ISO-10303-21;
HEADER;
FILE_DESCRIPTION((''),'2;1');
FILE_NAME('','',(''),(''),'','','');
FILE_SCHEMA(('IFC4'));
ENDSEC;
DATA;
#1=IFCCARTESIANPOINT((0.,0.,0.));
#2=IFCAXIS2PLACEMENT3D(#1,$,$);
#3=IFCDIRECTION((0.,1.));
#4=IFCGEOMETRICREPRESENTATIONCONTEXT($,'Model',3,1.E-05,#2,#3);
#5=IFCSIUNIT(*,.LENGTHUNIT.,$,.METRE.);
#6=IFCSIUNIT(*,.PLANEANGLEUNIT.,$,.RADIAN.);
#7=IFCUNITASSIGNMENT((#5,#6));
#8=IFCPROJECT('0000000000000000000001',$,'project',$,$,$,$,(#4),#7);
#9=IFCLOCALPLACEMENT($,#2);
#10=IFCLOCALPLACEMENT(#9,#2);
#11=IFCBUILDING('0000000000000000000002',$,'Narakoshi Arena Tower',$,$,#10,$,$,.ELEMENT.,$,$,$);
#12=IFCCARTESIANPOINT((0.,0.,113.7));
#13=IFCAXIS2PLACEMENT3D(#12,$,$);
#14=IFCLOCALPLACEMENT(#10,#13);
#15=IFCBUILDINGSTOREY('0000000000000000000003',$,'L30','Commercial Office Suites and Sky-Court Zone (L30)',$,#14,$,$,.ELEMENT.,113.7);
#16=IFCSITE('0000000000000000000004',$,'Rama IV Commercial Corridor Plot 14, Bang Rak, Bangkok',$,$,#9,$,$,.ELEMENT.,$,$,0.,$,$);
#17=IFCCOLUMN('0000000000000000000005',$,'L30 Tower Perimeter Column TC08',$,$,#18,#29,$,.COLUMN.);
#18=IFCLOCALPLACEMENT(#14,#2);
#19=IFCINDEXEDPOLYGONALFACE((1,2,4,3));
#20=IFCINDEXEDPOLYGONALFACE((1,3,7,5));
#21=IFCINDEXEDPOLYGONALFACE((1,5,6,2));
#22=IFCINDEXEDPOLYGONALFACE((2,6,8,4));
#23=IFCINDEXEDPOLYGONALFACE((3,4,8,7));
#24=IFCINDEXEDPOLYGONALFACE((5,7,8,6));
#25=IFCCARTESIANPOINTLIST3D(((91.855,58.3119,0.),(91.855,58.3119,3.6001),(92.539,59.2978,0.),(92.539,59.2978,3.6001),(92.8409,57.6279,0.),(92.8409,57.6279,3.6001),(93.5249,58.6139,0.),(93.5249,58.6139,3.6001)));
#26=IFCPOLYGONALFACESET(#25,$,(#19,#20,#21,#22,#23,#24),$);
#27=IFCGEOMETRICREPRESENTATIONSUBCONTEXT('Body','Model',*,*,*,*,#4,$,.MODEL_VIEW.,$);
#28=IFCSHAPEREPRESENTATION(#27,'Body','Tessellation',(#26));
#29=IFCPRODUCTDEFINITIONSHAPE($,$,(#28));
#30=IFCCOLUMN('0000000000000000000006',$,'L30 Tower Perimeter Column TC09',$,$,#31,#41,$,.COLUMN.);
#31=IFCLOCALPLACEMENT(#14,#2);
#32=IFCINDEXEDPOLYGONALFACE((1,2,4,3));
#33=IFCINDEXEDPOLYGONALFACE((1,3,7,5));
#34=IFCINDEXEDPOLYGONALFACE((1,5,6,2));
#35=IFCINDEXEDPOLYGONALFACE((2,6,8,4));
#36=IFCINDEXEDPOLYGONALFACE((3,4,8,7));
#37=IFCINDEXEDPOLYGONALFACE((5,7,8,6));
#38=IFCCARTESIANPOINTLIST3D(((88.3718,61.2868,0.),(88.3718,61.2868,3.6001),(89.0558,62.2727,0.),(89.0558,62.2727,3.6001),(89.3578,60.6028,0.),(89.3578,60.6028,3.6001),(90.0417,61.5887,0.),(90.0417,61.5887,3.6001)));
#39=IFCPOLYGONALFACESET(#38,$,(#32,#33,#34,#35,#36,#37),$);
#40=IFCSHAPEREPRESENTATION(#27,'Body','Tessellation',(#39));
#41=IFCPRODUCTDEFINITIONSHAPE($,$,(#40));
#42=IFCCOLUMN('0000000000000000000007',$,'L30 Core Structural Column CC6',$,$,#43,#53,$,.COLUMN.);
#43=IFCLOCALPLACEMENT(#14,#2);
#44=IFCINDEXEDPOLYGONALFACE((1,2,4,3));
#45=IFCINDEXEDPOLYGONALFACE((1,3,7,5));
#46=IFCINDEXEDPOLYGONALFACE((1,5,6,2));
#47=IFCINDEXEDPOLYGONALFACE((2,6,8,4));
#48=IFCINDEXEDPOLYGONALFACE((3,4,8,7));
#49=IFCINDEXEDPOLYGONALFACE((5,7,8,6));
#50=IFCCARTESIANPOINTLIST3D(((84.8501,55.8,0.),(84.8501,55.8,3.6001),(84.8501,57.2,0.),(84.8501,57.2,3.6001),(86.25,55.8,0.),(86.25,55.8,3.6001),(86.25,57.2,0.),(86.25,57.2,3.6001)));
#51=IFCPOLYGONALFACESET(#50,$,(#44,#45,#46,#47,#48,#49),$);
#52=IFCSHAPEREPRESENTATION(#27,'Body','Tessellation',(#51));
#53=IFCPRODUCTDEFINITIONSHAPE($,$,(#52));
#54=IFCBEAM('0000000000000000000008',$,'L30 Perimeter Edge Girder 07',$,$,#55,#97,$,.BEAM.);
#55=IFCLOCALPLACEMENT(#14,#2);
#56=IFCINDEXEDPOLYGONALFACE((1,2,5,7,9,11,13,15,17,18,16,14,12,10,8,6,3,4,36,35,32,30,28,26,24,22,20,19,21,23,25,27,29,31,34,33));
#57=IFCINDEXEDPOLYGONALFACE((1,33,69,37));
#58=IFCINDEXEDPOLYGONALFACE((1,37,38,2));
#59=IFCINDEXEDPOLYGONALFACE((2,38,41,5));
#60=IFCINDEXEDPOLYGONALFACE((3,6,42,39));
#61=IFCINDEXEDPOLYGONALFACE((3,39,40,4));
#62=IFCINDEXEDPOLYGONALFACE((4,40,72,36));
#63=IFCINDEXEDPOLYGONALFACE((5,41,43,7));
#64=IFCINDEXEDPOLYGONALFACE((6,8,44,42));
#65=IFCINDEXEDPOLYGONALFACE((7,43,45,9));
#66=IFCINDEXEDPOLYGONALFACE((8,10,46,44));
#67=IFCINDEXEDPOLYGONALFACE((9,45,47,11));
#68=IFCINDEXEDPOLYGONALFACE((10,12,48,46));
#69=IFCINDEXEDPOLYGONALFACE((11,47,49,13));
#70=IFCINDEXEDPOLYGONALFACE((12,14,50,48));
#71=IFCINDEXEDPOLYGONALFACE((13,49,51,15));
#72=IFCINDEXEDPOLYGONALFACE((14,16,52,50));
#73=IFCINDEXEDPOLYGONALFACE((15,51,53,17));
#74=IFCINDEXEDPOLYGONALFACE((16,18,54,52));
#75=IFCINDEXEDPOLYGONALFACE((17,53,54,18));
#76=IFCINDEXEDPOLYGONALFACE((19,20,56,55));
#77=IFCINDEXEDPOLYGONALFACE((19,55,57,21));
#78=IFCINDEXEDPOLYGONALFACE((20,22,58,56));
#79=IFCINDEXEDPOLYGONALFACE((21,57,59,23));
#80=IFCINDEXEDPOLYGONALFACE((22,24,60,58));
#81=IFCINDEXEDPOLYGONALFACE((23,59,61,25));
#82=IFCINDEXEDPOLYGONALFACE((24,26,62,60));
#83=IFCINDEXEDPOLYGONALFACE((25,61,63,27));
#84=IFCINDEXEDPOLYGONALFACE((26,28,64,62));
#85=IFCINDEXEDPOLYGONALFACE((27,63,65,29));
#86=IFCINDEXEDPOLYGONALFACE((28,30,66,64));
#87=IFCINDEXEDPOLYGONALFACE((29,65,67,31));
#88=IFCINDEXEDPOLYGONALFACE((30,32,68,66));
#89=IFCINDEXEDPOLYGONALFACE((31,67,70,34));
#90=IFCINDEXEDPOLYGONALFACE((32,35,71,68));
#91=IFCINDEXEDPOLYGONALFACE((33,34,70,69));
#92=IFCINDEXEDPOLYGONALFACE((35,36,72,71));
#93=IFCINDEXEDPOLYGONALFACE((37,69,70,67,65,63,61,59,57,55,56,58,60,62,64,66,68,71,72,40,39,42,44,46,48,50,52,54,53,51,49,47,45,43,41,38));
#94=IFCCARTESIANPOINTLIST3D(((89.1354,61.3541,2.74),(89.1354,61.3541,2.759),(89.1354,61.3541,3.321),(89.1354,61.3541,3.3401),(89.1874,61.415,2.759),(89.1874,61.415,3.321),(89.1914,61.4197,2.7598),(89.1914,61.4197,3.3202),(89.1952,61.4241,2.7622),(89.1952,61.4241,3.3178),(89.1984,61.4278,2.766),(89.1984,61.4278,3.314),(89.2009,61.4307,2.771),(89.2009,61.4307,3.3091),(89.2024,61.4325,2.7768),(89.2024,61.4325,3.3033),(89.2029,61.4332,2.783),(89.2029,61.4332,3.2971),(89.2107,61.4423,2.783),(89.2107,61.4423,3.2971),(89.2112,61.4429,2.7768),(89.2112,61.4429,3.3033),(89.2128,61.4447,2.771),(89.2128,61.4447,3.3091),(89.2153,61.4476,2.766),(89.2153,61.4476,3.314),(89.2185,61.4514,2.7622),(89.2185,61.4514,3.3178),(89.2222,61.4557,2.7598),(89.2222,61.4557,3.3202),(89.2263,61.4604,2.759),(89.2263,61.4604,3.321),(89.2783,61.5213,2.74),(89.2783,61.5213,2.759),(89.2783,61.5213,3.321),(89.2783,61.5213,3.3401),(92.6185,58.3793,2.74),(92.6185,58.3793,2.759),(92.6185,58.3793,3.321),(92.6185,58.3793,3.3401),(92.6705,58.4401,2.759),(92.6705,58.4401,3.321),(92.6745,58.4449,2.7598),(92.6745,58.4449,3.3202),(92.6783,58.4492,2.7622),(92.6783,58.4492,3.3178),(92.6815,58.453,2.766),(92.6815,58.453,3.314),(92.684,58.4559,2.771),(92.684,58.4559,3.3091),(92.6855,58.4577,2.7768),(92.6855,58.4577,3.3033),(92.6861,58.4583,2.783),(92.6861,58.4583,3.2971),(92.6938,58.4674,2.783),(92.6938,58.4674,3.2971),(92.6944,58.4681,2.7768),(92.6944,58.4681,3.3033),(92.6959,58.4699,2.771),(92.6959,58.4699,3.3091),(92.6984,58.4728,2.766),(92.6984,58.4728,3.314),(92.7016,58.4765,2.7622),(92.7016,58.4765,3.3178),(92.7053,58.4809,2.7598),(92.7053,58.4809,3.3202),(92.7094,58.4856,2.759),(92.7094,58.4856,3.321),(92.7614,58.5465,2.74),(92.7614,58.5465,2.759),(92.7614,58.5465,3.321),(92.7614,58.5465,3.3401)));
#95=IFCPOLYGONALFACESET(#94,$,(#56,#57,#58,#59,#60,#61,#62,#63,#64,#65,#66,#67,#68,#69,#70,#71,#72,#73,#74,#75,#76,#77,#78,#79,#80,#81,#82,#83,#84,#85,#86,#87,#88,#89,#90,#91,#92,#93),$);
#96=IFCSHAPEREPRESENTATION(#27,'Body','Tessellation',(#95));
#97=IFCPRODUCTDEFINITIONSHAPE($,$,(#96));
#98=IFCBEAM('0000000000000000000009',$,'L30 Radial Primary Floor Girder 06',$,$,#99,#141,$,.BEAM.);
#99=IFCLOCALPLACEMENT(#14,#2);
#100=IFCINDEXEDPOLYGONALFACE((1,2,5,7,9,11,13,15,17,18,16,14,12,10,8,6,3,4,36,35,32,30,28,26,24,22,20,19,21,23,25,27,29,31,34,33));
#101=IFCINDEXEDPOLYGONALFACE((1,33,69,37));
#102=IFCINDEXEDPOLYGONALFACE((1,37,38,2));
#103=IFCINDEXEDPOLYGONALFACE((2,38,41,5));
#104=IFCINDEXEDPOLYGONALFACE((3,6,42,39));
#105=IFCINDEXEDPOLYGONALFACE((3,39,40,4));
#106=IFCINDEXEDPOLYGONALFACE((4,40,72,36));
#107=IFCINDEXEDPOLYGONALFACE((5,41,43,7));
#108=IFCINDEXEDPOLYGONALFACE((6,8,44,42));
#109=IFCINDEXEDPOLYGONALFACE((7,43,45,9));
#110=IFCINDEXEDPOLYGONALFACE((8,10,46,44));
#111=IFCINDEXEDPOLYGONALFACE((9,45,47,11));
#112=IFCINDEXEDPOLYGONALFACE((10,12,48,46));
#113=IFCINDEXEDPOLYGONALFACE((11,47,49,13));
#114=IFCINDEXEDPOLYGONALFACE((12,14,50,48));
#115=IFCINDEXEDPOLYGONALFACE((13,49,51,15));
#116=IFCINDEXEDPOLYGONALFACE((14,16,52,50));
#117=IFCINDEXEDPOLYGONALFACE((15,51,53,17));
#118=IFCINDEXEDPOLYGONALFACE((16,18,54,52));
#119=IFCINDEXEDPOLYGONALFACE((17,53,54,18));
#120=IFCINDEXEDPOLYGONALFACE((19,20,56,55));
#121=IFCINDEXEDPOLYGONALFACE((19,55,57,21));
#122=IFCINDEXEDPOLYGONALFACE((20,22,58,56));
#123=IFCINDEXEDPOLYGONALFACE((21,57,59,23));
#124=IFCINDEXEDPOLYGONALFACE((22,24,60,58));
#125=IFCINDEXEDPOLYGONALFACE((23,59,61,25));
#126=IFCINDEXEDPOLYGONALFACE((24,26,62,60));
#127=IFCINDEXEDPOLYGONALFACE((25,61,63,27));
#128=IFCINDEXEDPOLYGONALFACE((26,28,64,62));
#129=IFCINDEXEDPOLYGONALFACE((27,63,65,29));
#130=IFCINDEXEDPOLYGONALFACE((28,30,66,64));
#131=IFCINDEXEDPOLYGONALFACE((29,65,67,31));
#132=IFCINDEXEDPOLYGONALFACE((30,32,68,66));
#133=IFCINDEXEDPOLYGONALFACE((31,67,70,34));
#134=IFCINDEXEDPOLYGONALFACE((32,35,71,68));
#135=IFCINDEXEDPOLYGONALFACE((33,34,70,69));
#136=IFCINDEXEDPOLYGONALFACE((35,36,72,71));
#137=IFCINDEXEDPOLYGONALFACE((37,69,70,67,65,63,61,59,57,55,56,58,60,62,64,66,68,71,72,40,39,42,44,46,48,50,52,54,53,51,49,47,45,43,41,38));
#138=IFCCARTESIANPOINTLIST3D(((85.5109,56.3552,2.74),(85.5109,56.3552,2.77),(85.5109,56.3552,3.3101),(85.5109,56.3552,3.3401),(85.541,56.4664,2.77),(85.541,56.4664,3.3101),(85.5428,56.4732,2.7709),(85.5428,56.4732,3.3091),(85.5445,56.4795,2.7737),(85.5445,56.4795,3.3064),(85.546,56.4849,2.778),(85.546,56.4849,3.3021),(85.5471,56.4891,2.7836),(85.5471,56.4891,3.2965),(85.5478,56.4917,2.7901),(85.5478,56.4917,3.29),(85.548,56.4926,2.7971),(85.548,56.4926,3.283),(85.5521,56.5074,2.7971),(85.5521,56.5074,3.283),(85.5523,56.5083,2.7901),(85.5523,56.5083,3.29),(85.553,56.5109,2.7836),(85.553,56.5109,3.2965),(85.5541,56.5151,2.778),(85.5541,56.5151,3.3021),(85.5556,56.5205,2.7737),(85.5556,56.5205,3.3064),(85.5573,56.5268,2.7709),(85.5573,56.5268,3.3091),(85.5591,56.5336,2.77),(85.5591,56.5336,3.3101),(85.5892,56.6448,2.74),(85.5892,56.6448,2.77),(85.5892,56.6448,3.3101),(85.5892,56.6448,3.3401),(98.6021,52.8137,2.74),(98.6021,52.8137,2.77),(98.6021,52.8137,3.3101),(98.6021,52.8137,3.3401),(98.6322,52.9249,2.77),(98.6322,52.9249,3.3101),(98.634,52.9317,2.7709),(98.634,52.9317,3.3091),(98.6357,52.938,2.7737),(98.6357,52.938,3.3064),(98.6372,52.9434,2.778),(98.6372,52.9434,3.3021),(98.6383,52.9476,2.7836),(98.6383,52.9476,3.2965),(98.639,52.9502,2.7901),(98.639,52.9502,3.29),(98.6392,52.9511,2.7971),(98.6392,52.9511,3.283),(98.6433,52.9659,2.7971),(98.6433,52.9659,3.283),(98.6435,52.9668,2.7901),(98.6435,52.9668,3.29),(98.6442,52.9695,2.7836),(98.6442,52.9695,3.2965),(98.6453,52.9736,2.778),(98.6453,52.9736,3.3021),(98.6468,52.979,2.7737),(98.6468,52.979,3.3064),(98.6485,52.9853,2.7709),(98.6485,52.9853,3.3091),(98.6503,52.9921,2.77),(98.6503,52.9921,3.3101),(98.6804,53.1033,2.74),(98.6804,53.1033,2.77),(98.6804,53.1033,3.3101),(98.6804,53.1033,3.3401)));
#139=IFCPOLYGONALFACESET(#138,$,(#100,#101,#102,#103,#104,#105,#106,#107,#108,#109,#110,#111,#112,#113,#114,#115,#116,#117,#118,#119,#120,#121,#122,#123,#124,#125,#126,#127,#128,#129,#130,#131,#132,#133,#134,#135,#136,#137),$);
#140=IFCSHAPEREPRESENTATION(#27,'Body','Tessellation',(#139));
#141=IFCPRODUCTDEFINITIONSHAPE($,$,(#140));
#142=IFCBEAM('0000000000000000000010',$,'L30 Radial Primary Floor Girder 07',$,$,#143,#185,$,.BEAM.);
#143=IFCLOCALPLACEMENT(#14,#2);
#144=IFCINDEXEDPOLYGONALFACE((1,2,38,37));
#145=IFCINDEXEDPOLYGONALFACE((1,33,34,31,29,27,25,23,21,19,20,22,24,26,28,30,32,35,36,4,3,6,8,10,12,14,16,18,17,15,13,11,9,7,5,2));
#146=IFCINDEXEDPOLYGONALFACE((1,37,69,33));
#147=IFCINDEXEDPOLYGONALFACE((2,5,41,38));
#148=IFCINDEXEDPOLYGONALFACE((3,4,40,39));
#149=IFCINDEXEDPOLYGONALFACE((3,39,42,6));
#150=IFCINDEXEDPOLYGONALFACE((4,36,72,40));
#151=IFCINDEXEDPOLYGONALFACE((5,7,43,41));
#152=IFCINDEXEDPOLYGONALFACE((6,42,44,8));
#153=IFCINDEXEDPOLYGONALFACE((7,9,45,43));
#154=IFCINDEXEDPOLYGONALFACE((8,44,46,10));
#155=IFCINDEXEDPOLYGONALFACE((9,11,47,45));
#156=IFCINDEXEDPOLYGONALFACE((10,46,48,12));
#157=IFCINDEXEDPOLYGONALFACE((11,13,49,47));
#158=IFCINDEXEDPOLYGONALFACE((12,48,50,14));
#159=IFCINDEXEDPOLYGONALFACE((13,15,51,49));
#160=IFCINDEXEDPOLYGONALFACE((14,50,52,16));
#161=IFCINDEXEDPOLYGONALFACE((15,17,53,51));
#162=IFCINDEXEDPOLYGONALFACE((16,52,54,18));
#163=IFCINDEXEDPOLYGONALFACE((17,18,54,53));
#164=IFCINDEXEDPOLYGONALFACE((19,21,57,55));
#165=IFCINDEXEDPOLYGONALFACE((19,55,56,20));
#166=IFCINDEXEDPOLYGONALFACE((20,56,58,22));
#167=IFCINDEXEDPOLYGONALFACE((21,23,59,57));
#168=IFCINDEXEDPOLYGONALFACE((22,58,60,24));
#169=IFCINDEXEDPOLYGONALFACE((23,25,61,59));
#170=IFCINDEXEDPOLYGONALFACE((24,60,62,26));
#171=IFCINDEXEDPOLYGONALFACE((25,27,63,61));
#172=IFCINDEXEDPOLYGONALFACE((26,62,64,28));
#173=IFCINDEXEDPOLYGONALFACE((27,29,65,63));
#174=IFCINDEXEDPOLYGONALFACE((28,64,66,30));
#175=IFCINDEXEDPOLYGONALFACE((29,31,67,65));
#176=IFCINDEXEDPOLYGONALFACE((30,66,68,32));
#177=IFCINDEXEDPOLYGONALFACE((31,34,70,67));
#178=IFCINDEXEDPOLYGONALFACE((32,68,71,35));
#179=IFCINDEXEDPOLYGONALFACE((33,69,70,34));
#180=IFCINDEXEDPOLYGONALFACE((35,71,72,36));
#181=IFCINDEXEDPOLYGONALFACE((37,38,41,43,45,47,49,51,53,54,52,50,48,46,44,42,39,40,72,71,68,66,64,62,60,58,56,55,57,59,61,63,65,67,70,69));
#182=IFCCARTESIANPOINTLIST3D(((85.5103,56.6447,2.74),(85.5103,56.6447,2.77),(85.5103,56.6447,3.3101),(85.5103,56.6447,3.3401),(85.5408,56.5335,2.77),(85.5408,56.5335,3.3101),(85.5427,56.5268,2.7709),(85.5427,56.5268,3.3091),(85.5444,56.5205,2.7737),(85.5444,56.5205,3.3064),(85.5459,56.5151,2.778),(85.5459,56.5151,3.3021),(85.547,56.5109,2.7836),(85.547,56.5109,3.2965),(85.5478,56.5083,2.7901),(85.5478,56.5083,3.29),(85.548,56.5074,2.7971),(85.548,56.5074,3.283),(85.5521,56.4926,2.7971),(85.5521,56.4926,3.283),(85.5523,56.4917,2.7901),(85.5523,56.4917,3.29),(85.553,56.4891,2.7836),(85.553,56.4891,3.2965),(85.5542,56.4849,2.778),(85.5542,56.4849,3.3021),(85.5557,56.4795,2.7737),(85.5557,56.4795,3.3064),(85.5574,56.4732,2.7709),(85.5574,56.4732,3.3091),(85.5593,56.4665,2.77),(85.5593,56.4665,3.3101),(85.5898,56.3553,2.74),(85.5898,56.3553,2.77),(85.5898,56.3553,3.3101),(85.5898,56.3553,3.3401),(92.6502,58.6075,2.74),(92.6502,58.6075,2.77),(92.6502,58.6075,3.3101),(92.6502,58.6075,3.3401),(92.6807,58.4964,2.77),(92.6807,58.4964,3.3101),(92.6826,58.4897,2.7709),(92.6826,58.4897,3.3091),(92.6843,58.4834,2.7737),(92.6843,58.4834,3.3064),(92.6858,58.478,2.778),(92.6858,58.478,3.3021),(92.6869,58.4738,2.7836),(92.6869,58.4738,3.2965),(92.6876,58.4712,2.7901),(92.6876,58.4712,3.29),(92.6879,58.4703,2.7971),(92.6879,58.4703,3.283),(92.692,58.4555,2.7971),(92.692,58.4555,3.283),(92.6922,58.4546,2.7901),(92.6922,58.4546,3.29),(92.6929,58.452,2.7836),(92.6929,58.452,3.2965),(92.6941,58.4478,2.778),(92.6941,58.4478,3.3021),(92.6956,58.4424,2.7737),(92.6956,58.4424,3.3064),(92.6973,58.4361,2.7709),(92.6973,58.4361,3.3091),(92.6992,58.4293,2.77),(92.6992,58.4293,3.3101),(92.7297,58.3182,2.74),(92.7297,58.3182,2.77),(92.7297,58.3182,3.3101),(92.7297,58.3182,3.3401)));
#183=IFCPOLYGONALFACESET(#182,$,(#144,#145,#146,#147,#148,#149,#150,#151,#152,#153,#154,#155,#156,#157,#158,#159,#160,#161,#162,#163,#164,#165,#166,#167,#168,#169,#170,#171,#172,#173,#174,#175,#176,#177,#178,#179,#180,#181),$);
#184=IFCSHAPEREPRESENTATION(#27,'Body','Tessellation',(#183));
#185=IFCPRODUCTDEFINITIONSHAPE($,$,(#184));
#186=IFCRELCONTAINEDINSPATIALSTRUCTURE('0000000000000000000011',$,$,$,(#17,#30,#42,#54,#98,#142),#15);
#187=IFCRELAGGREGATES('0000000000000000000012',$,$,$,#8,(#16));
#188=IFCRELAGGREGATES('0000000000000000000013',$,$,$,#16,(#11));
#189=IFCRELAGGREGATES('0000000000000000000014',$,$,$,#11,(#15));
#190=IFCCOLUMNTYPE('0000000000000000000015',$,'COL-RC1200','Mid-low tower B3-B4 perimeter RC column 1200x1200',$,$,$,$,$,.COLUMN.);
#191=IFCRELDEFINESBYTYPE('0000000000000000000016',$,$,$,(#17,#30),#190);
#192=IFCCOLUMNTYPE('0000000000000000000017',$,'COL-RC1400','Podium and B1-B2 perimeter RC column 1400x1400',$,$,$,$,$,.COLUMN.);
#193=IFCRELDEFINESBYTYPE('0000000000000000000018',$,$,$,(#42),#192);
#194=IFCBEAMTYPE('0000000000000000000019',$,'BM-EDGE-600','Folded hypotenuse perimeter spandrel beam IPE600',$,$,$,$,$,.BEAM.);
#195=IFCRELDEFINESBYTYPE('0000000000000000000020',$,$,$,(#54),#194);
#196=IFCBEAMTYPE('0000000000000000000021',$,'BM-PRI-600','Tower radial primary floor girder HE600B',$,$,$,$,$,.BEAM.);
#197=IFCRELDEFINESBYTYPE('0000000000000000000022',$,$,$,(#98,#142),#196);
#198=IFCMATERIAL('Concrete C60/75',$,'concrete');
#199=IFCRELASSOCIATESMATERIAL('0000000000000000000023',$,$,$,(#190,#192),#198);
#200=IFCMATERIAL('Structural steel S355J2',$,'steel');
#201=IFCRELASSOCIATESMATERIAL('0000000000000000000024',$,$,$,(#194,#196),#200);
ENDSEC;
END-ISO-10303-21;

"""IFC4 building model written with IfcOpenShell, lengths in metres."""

from ifc_helpers import new_model, si_unit, direction, frame, origin, origin_2d, place, context, subcontext, project, spatial, rectangle, i_section, extrude, material, material_profile, profile_set, type_object, element, save


model = new_model("IFC4")

# Units and contexts
model_context = context("Model", 3, precision=1e-05, world=origin(), true_north=direction((0.0, 1.0)))
body_context = subcontext(model_context, "Body", "Model", "MODEL_VIEW")
ifc_project = project(units=[si_unit("LENGTHUNIT", "METRE"), si_unit("PLANEANGLEUNIT", "RADIAN")], contexts=[model_context])

# Site, building, storey
site_placement = place(None, origin())
site = spatial("IfcSite", under=ifc_project, at=site_placement, Name="Rama IV Commercial Corridor Plot 14, Bang Rak, Bangkok", CompositionType="ELEMENT", RefElevation=0.0)
building_placement = place(site_placement, origin())
building = spatial("IfcBuilding", under=site, at=building_placement, Name="Narakoshi Arena Tower", CompositionType="ELEMENT")
storey_placement = place(building_placement, frame((0.0, 0.0, 113.7)))
storey = spatial("IfcBuildingStorey", under=building, at=storey_placement, Name="L30", Description="Commercial Office Suites and Sky-Court Zone (L30)", CompositionType="ELEMENT", Elevation=113.7)

# Columns
ifc_material_1 = material(Name="Concrete C60/75", Category="concrete")
ifc_material_profile_1 = material_profile(ifc_material_1, rectangle(XDim=1.2, YDim=1.2, at=origin_2d()), Name="RC1200x1200")
ifc_profile_set_1 = profile_set([ifc_material_profile_1], Name="Concrete C60/75")
column_type_1 = type_object("IfcColumnType", Name="COL-RC1200", Description="Mid-low tower B3-B4 perimeter RC column 1200x1200", PredefinedType="COLUMN", material=ifc_profile_set_1)
for number, where, z_axis, x_axis, name in (
    (1, (92.6899, 58.4629, 0.0), (0.0, 0.0, 1.0), (0.569997, 0.821647, 0.0), "L30 Tower Perimeter Column TC08"),
    (2, (89.2068, 61.4377, 0.0), (0.0, 0.0, 1.0), (0.569997, 0.821647, 0.0), "L30 Tower Perimeter Column TC09"),
):
    element("IfcColumn", number, at=place(storey_placement, frame(where, z_axis=z_axis, x_axis=x_axis)), inside=storey, type_object=column_type_1, Name=name, PredefinedType="COLUMN", context=body_context, shape_type="SweptSolid", body=[
        extrude(rectangle(XDim=1.2, YDim=1.2, at=origin_2d()), origin(), (0.0, 0.0, 1.0), 3.6001),
    ])
ifc_material_profile_2 = material_profile(ifc_material_1, rectangle(XDim=1.3999, YDim=1.3999, at=origin_2d()), Name="RC1400x1400")
ifc_profile_set_2 = profile_set([ifc_material_profile_2], Name="Concrete C60/75")
column_type_2 = type_object("IfcColumnType", Name="COL-RC1400", Description="Podium and B1-B2 perimeter RC column 1400x1400", PredefinedType="COLUMN", material=ifc_profile_set_2)
column_placement = place(storey_placement, frame((85.55, 56.5, 0.0), z_axis=(0.0, 0.0, 1.0), x_axis=(1.0, 0.0, 0.0)))
element("IfcColumn", 3, at=column_placement, inside=storey, type_object=column_type_2, Name="L30 Core Structural Column CC6", PredefinedType="COLUMN", context=body_context, shape_type="SweptSolid", body=[
    extrude(rectangle(XDim=1.3999, YDim=1.3999, at=origin_2d()), origin(), (0.0, 0.0, 1.0), 3.6001),
])

# Beams
ifc_material_2 = material(Name="Structural steel S355J2", Category="steel")
ifc_material_profile_3 = material_profile(ifc_material_2, i_section(OverallWidth=0.22, OverallDepth=0.6001, WebThickness=0.012, FlangeThickness=0.019, FilletRadius=0.0239, at=origin_2d()), Name="IPE600")
ifc_profile_set_3 = profile_set([ifc_material_profile_3], Name="Structural steel S355J2")
beam_type_1 = type_object("IfcBeamType", Name="BM-EDGE-600", Description="Folded hypotenuse perimeter spandrel beam IPE600", PredefinedType="BEAM", material=ifc_profile_set_3)
beam_1_placement = place(storey_placement, frame((92.6899, 58.4629, 3.04), z_axis=(-0.76041, 0.649443, 0.0), x_axis=(-0.649443, -0.76041, 0.0)))
element("IfcBeam", 4, at=beam_1_placement, inside=storey, type_object=beam_type_1, Name="L30 Perimeter Edge Girder 07", PredefinedType="BEAM", context=body_context, shape_type="SweptSolid", body=[
    extrude(i_section(OverallWidth=0.22, OverallDepth=0.6001, WebThickness=0.012, FlangeThickness=0.019, FilletRadius=0.0239, at=origin_2d()), origin(), (0.0, 0.0, 1.0), 4.5806),
])
ifc_material_profile_4 = material_profile(ifc_material_2, i_section(OverallWidth=0.3, OverallDepth=0.6001, WebThickness=0.0154, FlangeThickness=0.03, FilletRadius=0.0271, at=origin_2d()), Name="HE600B")
ifc_profile_set_4 = profile_set([ifc_material_profile_4], Name="Structural steel S355J2")
beam_type_2 = type_object("IfcBeamType", Name="BM-PRI-600", Description="Tower radial primary floor girder HE600B", PredefinedType="BEAM", material=ifc_profile_set_4)
beam_2_placement = place(storey_placement, frame((85.55, 56.5, 3.04), z_axis=(0.965302, -0.261137, 0.0), x_axis=(0.261137, 0.965302, 0.0)))
element("IfcBeam", 5, at=beam_2_placement, inside=storey, type_object=beam_type_2, Name="L30 Radial Primary Floor Girder 06", PredefinedType="BEAM", context=body_context, shape_type="SweptSolid", body=[
    extrude(i_section(OverallWidth=0.3, OverallDepth=0.6001, WebThickness=0.0154, FlangeThickness=0.03, FilletRadius=0.0271, at=origin_2d()), origin(), (0.0, 0.0, 1.0), 13.5618),
])
beam_3_placement = place(storey_placement, frame((85.55, 56.5, 3.04), z_axis=(0.964225, 0.265084, 0.0), x_axis=(-0.265084, 0.964225, 0.0)))
element("IfcBeam", 6, at=beam_3_placement, inside=storey, type_object=beam_type_2, Name="L30 Radial Primary Floor Girder 07", PredefinedType="BEAM", context=body_context, shape_type="SweptSolid", body=[
    extrude(i_section(OverallWidth=0.3, OverallDepth=0.6001, WebThickness=0.0154, FlangeThickness=0.03, FilletRadius=0.0271, at=origin_2d()), origin(), (0.0, 0.0, 1.0), 7.4048),
])

save(model, "model.ifc")
